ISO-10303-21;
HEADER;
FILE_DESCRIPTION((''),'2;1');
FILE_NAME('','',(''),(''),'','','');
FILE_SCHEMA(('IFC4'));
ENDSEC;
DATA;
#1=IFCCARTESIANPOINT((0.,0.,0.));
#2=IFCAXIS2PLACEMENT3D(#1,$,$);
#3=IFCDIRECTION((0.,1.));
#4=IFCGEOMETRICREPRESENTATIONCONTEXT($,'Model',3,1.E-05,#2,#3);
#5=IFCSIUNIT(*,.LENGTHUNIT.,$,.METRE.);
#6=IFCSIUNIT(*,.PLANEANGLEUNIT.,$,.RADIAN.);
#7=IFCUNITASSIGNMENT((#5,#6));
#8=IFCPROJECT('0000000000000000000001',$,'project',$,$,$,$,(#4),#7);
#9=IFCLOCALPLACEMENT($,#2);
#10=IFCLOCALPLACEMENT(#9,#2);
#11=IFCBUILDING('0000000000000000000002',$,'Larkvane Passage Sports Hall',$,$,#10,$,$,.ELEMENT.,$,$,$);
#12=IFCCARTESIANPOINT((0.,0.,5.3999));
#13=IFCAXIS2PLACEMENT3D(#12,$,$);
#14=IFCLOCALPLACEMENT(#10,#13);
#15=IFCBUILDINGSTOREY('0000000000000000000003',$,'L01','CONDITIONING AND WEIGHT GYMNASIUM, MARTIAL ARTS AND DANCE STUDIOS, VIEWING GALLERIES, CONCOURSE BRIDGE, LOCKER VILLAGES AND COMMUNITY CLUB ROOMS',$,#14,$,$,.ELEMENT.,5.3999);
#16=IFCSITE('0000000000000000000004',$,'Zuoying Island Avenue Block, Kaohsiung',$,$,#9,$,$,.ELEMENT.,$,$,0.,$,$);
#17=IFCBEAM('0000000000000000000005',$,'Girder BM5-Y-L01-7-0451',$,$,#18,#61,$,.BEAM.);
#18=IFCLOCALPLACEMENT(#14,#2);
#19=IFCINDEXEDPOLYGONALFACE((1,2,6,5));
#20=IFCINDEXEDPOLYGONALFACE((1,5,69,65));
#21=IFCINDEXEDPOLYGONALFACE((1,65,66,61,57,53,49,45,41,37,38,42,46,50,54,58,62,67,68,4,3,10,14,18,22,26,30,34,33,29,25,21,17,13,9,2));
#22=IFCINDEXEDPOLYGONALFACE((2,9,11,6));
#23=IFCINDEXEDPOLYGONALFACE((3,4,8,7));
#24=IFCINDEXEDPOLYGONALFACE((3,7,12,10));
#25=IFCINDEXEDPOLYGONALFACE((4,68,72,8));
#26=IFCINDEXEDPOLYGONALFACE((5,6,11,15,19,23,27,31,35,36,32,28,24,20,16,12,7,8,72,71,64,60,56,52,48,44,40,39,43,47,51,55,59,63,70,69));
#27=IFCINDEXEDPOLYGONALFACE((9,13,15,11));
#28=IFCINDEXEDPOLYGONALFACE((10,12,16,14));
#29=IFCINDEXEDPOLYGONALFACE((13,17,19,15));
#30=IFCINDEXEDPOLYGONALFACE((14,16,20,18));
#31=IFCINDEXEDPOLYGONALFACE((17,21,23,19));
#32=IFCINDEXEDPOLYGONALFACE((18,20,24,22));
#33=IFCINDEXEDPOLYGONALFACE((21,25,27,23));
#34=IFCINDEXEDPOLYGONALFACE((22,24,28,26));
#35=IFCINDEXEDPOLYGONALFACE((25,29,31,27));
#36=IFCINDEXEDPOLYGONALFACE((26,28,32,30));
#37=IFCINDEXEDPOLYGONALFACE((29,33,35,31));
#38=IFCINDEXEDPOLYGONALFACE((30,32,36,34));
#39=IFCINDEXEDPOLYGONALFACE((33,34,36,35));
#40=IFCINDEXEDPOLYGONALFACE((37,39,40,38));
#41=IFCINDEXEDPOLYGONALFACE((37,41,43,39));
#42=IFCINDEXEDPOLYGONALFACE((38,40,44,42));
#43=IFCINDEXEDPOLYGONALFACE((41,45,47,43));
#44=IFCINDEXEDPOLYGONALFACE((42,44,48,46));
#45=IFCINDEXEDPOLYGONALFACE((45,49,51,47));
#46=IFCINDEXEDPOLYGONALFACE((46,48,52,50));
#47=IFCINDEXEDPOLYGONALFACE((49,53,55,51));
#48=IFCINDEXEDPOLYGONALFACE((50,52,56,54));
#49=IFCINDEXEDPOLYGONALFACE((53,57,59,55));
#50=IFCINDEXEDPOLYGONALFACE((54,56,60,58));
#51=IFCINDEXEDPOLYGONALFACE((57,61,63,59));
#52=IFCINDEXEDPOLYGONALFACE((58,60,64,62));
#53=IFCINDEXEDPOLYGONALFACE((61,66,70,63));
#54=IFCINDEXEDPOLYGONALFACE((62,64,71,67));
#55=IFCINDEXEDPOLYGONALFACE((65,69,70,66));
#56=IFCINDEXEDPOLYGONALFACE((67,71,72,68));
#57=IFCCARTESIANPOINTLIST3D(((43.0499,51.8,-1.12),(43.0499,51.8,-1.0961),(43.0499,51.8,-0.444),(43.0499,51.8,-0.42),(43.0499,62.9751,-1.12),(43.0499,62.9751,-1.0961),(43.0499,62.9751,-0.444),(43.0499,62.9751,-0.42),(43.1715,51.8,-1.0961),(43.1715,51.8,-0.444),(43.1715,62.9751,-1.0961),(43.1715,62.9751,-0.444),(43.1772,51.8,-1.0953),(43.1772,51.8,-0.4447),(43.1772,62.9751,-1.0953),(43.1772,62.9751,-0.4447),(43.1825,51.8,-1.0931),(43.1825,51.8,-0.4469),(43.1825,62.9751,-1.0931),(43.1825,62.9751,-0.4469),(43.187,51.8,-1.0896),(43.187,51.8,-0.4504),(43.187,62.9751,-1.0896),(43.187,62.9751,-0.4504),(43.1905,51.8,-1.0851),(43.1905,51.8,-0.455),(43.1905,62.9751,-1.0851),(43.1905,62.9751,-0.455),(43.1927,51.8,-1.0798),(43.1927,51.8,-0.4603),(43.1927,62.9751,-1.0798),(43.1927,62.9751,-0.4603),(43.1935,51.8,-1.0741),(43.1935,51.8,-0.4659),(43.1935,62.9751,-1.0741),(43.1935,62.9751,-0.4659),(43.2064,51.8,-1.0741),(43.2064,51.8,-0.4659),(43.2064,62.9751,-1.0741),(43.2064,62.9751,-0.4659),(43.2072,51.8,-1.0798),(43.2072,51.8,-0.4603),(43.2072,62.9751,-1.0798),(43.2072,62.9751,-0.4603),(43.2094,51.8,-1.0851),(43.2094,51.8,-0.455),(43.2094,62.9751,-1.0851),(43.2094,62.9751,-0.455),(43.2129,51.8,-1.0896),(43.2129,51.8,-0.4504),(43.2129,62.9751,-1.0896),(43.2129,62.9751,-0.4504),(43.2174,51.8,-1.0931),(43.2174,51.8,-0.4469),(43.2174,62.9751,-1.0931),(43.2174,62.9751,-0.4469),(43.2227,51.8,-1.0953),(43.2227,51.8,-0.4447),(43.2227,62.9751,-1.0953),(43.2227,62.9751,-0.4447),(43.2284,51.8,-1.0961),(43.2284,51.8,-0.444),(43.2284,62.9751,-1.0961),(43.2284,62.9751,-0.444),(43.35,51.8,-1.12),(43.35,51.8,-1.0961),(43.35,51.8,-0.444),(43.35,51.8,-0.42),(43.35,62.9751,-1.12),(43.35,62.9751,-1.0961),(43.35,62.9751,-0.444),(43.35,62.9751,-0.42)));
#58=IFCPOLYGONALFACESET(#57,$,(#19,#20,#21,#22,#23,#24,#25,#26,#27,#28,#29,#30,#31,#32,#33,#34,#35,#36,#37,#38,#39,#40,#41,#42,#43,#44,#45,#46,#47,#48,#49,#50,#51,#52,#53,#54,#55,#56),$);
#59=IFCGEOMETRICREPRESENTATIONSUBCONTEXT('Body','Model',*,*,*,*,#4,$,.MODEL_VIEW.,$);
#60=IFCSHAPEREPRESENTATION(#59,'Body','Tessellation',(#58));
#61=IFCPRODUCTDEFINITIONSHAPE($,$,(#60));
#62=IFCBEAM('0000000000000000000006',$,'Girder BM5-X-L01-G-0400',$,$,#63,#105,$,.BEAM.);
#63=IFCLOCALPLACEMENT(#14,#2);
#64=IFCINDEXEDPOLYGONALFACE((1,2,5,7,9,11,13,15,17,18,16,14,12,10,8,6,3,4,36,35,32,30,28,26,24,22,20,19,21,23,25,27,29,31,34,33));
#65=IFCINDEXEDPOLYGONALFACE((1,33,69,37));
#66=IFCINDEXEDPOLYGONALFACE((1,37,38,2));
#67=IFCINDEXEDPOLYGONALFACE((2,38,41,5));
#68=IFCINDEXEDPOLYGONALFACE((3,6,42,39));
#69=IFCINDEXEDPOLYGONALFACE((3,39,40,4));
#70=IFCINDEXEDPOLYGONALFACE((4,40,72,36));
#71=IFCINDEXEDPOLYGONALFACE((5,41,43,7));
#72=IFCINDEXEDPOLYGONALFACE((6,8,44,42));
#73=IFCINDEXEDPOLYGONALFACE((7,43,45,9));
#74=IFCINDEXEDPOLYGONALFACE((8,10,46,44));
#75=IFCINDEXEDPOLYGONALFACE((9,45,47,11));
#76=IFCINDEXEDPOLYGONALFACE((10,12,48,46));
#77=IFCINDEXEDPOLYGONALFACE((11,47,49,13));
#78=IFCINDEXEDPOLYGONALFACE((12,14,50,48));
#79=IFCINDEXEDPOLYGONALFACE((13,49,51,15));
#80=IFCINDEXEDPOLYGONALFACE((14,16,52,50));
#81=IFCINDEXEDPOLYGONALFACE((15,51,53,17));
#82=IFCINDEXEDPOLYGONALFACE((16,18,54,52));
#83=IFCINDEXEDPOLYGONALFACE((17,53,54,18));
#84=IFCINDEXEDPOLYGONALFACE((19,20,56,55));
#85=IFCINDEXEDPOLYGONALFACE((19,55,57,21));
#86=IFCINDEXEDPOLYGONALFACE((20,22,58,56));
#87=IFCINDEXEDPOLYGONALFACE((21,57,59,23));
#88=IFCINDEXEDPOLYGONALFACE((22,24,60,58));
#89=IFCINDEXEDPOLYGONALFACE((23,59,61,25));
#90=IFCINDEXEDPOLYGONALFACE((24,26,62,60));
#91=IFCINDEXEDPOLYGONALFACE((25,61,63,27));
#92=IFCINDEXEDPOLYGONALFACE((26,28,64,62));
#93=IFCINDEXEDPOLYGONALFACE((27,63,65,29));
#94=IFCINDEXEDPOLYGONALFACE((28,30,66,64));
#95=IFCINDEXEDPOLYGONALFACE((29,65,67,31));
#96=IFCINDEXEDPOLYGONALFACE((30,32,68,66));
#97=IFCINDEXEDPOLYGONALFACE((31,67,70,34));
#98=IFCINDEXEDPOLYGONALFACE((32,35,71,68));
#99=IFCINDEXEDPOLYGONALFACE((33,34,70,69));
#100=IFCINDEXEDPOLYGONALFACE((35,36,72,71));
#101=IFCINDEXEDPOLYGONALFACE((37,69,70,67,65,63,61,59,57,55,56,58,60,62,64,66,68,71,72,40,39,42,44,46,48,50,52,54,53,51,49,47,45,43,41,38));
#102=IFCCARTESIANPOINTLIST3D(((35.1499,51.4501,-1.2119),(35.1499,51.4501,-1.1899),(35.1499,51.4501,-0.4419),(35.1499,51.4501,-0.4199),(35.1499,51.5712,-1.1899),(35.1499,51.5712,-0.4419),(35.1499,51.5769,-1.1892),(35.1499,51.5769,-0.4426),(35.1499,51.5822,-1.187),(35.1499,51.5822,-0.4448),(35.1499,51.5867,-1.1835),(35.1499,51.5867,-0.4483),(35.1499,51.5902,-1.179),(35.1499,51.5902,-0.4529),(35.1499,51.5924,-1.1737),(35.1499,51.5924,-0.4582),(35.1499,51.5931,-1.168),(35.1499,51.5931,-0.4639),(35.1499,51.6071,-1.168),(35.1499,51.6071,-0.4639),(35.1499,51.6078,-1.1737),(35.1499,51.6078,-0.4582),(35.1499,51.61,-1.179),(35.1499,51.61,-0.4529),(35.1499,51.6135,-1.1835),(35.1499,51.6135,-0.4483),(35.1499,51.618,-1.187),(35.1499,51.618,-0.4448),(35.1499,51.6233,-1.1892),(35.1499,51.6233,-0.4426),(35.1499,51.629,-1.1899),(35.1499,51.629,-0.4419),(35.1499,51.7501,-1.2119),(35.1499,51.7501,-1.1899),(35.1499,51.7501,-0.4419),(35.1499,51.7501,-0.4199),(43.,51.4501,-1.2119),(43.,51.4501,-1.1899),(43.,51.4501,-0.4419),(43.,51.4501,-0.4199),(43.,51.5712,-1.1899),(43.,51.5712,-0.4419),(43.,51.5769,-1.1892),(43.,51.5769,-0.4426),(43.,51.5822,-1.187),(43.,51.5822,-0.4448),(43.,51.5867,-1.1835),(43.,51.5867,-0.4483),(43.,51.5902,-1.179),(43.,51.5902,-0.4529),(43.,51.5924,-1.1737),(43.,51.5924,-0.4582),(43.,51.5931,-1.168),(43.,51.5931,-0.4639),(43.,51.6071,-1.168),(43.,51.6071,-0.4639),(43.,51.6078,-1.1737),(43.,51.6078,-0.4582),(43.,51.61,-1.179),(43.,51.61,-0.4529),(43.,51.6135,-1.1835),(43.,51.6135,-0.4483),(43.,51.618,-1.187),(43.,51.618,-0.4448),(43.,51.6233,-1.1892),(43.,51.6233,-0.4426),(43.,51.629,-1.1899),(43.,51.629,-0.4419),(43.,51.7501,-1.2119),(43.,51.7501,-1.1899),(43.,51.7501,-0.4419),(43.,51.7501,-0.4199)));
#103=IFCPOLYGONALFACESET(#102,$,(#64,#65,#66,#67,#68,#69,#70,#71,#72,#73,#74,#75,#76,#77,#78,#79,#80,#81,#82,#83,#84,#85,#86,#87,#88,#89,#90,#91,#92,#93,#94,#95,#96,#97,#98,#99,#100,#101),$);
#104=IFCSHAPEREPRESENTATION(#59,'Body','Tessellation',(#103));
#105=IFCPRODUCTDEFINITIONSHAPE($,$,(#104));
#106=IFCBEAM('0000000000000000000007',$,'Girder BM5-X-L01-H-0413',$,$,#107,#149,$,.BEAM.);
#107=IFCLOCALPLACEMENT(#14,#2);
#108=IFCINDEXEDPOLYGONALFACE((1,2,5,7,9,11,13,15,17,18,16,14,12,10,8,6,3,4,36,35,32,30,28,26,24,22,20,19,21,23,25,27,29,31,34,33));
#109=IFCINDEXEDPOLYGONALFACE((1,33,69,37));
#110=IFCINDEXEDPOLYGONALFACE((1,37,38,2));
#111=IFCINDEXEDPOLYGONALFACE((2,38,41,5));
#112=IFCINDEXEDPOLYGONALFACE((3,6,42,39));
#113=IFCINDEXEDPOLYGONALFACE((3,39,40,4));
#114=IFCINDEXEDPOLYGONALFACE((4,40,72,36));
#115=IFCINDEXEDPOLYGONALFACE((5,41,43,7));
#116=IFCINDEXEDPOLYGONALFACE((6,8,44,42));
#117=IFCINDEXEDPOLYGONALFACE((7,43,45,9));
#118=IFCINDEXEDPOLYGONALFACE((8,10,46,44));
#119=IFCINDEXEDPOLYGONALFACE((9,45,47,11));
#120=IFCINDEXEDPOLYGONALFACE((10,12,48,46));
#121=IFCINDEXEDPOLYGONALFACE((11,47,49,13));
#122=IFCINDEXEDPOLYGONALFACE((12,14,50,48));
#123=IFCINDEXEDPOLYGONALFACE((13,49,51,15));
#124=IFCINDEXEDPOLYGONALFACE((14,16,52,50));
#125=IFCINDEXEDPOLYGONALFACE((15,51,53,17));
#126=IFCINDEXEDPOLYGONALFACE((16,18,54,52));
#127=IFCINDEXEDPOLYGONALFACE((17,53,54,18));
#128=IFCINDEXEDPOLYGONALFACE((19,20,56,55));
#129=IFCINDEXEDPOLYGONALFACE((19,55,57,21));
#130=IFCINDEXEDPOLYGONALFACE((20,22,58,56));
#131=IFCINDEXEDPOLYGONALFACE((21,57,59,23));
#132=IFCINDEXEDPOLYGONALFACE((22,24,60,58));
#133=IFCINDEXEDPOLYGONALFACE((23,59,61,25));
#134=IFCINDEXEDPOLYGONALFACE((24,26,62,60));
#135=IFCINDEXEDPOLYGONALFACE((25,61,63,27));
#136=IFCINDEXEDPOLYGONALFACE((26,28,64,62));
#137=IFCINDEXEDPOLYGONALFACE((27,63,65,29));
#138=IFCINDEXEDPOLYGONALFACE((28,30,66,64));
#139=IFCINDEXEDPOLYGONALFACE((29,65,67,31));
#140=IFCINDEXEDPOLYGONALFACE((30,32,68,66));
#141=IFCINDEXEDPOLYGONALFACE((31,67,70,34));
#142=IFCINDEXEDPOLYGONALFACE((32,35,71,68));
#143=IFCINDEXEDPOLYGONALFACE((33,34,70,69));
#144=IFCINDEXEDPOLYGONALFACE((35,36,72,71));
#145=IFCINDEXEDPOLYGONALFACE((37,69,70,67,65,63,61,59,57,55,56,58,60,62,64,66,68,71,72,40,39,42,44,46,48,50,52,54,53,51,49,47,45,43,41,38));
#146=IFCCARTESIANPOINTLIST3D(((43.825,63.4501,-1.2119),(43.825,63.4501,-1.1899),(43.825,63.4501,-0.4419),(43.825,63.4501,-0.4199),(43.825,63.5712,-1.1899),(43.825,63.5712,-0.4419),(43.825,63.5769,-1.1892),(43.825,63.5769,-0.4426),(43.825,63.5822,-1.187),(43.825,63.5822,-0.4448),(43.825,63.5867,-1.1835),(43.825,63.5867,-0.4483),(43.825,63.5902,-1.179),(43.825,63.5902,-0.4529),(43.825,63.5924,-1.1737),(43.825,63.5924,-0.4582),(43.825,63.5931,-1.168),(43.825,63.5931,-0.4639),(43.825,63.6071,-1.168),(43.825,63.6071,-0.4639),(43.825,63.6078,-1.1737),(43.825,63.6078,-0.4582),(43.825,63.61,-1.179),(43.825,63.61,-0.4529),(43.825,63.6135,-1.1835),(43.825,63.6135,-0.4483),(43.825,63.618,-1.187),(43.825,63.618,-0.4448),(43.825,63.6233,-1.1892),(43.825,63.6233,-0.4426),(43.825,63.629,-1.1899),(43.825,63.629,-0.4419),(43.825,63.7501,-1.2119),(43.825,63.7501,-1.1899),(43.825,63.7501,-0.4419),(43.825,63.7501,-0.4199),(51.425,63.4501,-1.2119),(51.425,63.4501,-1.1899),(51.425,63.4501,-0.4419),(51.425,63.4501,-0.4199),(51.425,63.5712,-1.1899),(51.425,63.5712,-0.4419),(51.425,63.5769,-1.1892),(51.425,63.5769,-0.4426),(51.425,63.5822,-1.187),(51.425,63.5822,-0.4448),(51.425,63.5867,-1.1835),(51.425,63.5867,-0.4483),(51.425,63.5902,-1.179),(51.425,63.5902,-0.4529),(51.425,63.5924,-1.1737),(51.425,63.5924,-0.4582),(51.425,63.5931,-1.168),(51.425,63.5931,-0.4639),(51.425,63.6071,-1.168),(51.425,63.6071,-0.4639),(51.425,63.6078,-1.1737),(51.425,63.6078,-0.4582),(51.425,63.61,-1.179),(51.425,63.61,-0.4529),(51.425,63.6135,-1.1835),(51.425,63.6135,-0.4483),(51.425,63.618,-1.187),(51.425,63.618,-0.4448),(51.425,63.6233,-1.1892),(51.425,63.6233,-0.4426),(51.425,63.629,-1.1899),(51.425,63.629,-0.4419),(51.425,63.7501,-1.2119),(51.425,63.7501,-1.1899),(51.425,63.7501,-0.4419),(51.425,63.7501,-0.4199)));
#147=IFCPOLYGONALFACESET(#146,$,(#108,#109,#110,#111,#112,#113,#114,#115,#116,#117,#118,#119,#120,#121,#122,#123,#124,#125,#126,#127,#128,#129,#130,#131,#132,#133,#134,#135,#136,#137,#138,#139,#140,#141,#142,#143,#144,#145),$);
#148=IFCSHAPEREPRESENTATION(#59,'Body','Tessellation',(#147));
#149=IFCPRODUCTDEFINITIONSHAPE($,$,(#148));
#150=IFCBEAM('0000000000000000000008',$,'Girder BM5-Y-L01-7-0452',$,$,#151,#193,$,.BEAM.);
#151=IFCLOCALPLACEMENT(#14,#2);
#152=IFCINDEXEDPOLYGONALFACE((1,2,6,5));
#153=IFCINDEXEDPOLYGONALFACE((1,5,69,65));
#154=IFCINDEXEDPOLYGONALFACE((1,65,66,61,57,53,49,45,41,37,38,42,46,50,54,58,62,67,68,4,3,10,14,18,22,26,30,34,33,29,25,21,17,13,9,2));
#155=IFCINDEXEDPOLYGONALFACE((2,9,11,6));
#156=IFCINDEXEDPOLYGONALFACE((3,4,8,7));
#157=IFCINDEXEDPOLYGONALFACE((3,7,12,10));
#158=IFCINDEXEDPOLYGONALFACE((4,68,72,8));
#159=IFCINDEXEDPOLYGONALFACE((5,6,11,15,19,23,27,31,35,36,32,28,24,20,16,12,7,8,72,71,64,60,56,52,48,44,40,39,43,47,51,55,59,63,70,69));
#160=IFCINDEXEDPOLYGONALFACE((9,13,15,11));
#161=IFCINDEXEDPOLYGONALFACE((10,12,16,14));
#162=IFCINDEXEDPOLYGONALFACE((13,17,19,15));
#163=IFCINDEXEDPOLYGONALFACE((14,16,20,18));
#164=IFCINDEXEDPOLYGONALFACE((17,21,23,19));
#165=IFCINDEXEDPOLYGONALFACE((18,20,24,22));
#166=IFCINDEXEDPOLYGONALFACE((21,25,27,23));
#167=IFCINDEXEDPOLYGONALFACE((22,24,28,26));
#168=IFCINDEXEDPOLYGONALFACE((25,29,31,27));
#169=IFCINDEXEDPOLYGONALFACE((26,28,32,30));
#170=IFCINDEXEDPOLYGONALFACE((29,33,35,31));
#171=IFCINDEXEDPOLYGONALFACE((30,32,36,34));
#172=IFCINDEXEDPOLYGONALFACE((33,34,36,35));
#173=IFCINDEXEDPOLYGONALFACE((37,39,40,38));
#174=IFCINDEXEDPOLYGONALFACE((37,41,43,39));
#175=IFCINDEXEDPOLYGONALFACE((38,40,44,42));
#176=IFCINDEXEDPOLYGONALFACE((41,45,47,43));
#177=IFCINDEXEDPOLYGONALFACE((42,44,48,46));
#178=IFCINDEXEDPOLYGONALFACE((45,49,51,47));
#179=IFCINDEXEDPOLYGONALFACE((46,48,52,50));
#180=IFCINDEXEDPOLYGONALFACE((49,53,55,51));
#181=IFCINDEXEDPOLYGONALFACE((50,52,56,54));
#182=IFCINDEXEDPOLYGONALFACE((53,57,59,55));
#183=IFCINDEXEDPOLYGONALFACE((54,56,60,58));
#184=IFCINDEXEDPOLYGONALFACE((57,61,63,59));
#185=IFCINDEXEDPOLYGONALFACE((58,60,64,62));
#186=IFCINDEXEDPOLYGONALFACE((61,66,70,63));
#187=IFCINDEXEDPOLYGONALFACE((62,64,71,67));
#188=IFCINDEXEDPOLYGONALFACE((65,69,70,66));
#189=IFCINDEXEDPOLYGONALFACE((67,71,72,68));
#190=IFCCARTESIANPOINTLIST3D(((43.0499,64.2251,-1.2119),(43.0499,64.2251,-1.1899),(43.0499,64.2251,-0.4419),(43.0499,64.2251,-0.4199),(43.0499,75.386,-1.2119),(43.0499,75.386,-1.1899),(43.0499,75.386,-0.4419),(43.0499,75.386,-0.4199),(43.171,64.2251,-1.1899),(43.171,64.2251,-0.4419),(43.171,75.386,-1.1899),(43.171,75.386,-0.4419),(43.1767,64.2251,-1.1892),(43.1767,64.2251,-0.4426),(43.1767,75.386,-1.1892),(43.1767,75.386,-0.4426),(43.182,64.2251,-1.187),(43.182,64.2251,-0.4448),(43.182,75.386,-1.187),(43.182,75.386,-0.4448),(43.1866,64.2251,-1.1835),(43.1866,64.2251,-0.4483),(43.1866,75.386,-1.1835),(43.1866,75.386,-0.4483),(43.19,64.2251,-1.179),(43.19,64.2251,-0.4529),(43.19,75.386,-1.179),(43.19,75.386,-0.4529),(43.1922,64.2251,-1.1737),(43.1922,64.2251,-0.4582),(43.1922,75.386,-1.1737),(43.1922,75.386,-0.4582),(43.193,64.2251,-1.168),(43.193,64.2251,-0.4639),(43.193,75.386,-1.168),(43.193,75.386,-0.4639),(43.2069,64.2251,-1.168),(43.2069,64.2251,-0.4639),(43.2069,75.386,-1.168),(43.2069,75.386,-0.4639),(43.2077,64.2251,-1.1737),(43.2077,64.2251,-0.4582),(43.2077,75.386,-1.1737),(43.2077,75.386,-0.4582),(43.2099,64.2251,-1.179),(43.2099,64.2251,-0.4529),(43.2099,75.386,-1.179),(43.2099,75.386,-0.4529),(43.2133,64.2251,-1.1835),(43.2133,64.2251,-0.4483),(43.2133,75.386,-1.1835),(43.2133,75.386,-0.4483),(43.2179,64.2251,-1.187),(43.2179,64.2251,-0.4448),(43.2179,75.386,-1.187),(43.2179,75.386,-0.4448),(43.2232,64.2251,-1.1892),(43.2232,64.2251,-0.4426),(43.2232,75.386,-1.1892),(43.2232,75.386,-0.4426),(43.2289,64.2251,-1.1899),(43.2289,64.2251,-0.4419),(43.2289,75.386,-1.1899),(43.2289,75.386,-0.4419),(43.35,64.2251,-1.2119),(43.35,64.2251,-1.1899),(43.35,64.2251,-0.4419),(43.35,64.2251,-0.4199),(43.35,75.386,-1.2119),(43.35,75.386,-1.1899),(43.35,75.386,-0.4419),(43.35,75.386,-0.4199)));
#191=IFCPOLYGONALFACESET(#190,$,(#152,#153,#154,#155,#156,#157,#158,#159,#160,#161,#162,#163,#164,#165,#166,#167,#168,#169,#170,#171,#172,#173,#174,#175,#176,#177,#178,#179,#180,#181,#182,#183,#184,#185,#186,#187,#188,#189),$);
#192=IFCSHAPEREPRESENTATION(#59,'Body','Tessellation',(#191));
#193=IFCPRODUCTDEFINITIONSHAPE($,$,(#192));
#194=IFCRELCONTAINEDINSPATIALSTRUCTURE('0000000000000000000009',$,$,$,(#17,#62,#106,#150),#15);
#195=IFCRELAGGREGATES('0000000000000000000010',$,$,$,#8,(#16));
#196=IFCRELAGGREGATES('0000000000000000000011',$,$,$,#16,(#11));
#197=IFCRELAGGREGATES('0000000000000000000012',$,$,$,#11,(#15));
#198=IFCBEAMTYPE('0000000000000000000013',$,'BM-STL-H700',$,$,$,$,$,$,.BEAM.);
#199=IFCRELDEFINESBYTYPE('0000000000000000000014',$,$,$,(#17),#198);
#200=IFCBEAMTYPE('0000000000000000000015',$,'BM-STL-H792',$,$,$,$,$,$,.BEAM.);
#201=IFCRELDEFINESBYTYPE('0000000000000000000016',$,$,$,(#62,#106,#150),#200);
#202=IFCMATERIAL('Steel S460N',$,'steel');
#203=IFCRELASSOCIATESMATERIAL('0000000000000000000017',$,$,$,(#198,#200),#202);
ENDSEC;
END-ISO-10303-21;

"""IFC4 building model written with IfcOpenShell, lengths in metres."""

from ifc_helpers import new_model, si_unit, direction, frame, origin, origin_2d, place, context, subcontext, project, spatial, i_section, extrude, material, material_profile, profile_set, type_object, element, save


model = new_model("IFC4")

# Units and contexts
model_context = context("Model", 3, precision=1e-05, world=origin(), true_north=direction((0.0, 1.0)))
body_context = subcontext(model_context, "Body", "Model", "MODEL_VIEW")
ifc_project = project(units=[si_unit("LENGTHUNIT", "METRE"), si_unit("PLANEANGLEUNIT", "RADIAN")], contexts=[model_context])

# Site, building, storey
site_placement = place(None, origin())
site = spatial("IfcSite", under=ifc_project, at=site_placement, Name="Zuoying Island Avenue Block, Kaohsiung", CompositionType="ELEMENT", RefElevation=0.0)
building_placement = place(site_placement, origin())
building = spatial("IfcBuilding", under=site, at=building_placement, Name="Larkvane Passage Sports Hall", CompositionType="ELEMENT")
storey_placement = place(building_placement, frame((0.0, 0.0, 5.3999)))
storey = spatial("IfcBuildingStorey", under=building, at=storey_placement, Name="L01", Description="CONDITIONING AND WEIGHT GYMNASIUM, MARTIAL ARTS AND DANCE STUDIOS, VIEWING GALLERIES, CONCOURSE BRIDGE, LOCKER VILLAGES AND COMMUNITY CLUB ROOMS", CompositionType="ELEMENT", Elevation=5.3999)

# Shared definitions
ifc_material_1 = material(Name="Steel S460N", Category="steel")

# Beams
ifc_material_profile_1 = material_profile(ifc_material_1, i_section(OverallWidth=0.3, OverallDepth=0.7, WebThickness=0.0129, FlangeThickness=0.0239, FilletRadius=0.022, at=origin_2d()), Name="H-700x300x13x24")
ifc_profile_set_1 = profile_set([ifc_material_profile_1], Name="Steel S460N")
beam_type_1 = type_object("IfcBeamType", Name="BM-STL-H700", PredefinedType="BEAM", material=ifc_profile_set_1)
beam_1_placement = place(storey_placement, frame((43.2, 51.8, -0.77), z_axis=(0.0, 1.0, 0.0), x_axis=(-1.0, 0.0, 0.0)))
element("IfcBeam", 1, at=beam_1_placement, inside=storey, type_object=beam_type_1, Name="Girder BM5-Y-L01-7-0451", PredefinedType="BEAM", context=body_context, shape_type="SweptSolid", body=[
    extrude(i_section(OverallWidth=0.3, OverallDepth=0.7, WebThickness=0.0129, FlangeThickness=0.0239, FilletRadius=0.022, at=origin_2d()), origin(), (0.0, 0.0, 1.0), 11.175),
])
ifc_material_profile_2 = material_profile(ifc_material_1, i_section(OverallWidth=0.3, OverallDepth=0.792, WebThickness=0.0139, FlangeThickness=0.022, FilletRadius=0.022, at=origin_2d()), Name="H-792x300x14x22")
ifc_profile_set_2 = profile_set([ifc_material_profile_2], Name="Steel S460N")
beam_type_2 = type_object("IfcBeamType", Name="BM-STL-H792", PredefinedType="BEAM", material=ifc_profile_set_2)
beam_2_placement = place(storey_placement, frame((35.1499, 51.6001, -0.8159), z_axis=(1.0, 0.0, 0.0), x_axis=(0.0, 1.0, 0.0)))
element("IfcBeam", 2, at=beam_2_placement, inside=storey, type_object=beam_type_2, Name="Girder BM5-X-L01-G-0400", PredefinedType="BEAM", context=body_context, shape_type="SweptSolid", body=[
    extrude(i_section(OverallWidth=0.3, OverallDepth=0.792, WebThickness=0.0139, FlangeThickness=0.022, FilletRadius=0.022, at=origin_2d()), origin(), (0.0, 0.0, 1.0), 7.8501),
])
beam_3_placement = place(storey_placement, frame((43.825, 63.6001, -0.8159), z_axis=(1.0, 0.0, 0.0), x_axis=(0.0, 1.0, 0.0)))
element("IfcBeam", 3, at=beam_3_placement, inside=storey, type_object=beam_type_2, Name="Girder BM5-X-L01-H-0413", PredefinedType="BEAM", context=body_context, shape_type="SweptSolid", body=[
    extrude(i_section(OverallWidth=0.3, OverallDepth=0.792, WebThickness=0.0139, FlangeThickness=0.022, FilletRadius=0.022, at=origin_2d()), origin(), (0.0, 0.0, 1.0), 7.6001),
])
beam_4_placement = place(storey_placement, frame((43.2, 64.2251, -0.8159), z_axis=(0.0, 1.0, 0.0), x_axis=(-1.0, 0.0, 0.0)))
element("IfcBeam", 4, at=beam_4_placement, inside=storey, type_object=beam_type_2, Name="Girder BM5-Y-L01-7-0452", PredefinedType="BEAM", context=body_context, shape_type="SweptSolid", body=[
    extrude(i_section(OverallWidth=0.3, OverallDepth=0.792, WebThickness=0.0139, FlangeThickness=0.022, FilletRadius=0.022, at=origin_2d()), origin(), (0.0, 0.0, 1.0), 11.1609),
])

save(model, "model.ifc")
